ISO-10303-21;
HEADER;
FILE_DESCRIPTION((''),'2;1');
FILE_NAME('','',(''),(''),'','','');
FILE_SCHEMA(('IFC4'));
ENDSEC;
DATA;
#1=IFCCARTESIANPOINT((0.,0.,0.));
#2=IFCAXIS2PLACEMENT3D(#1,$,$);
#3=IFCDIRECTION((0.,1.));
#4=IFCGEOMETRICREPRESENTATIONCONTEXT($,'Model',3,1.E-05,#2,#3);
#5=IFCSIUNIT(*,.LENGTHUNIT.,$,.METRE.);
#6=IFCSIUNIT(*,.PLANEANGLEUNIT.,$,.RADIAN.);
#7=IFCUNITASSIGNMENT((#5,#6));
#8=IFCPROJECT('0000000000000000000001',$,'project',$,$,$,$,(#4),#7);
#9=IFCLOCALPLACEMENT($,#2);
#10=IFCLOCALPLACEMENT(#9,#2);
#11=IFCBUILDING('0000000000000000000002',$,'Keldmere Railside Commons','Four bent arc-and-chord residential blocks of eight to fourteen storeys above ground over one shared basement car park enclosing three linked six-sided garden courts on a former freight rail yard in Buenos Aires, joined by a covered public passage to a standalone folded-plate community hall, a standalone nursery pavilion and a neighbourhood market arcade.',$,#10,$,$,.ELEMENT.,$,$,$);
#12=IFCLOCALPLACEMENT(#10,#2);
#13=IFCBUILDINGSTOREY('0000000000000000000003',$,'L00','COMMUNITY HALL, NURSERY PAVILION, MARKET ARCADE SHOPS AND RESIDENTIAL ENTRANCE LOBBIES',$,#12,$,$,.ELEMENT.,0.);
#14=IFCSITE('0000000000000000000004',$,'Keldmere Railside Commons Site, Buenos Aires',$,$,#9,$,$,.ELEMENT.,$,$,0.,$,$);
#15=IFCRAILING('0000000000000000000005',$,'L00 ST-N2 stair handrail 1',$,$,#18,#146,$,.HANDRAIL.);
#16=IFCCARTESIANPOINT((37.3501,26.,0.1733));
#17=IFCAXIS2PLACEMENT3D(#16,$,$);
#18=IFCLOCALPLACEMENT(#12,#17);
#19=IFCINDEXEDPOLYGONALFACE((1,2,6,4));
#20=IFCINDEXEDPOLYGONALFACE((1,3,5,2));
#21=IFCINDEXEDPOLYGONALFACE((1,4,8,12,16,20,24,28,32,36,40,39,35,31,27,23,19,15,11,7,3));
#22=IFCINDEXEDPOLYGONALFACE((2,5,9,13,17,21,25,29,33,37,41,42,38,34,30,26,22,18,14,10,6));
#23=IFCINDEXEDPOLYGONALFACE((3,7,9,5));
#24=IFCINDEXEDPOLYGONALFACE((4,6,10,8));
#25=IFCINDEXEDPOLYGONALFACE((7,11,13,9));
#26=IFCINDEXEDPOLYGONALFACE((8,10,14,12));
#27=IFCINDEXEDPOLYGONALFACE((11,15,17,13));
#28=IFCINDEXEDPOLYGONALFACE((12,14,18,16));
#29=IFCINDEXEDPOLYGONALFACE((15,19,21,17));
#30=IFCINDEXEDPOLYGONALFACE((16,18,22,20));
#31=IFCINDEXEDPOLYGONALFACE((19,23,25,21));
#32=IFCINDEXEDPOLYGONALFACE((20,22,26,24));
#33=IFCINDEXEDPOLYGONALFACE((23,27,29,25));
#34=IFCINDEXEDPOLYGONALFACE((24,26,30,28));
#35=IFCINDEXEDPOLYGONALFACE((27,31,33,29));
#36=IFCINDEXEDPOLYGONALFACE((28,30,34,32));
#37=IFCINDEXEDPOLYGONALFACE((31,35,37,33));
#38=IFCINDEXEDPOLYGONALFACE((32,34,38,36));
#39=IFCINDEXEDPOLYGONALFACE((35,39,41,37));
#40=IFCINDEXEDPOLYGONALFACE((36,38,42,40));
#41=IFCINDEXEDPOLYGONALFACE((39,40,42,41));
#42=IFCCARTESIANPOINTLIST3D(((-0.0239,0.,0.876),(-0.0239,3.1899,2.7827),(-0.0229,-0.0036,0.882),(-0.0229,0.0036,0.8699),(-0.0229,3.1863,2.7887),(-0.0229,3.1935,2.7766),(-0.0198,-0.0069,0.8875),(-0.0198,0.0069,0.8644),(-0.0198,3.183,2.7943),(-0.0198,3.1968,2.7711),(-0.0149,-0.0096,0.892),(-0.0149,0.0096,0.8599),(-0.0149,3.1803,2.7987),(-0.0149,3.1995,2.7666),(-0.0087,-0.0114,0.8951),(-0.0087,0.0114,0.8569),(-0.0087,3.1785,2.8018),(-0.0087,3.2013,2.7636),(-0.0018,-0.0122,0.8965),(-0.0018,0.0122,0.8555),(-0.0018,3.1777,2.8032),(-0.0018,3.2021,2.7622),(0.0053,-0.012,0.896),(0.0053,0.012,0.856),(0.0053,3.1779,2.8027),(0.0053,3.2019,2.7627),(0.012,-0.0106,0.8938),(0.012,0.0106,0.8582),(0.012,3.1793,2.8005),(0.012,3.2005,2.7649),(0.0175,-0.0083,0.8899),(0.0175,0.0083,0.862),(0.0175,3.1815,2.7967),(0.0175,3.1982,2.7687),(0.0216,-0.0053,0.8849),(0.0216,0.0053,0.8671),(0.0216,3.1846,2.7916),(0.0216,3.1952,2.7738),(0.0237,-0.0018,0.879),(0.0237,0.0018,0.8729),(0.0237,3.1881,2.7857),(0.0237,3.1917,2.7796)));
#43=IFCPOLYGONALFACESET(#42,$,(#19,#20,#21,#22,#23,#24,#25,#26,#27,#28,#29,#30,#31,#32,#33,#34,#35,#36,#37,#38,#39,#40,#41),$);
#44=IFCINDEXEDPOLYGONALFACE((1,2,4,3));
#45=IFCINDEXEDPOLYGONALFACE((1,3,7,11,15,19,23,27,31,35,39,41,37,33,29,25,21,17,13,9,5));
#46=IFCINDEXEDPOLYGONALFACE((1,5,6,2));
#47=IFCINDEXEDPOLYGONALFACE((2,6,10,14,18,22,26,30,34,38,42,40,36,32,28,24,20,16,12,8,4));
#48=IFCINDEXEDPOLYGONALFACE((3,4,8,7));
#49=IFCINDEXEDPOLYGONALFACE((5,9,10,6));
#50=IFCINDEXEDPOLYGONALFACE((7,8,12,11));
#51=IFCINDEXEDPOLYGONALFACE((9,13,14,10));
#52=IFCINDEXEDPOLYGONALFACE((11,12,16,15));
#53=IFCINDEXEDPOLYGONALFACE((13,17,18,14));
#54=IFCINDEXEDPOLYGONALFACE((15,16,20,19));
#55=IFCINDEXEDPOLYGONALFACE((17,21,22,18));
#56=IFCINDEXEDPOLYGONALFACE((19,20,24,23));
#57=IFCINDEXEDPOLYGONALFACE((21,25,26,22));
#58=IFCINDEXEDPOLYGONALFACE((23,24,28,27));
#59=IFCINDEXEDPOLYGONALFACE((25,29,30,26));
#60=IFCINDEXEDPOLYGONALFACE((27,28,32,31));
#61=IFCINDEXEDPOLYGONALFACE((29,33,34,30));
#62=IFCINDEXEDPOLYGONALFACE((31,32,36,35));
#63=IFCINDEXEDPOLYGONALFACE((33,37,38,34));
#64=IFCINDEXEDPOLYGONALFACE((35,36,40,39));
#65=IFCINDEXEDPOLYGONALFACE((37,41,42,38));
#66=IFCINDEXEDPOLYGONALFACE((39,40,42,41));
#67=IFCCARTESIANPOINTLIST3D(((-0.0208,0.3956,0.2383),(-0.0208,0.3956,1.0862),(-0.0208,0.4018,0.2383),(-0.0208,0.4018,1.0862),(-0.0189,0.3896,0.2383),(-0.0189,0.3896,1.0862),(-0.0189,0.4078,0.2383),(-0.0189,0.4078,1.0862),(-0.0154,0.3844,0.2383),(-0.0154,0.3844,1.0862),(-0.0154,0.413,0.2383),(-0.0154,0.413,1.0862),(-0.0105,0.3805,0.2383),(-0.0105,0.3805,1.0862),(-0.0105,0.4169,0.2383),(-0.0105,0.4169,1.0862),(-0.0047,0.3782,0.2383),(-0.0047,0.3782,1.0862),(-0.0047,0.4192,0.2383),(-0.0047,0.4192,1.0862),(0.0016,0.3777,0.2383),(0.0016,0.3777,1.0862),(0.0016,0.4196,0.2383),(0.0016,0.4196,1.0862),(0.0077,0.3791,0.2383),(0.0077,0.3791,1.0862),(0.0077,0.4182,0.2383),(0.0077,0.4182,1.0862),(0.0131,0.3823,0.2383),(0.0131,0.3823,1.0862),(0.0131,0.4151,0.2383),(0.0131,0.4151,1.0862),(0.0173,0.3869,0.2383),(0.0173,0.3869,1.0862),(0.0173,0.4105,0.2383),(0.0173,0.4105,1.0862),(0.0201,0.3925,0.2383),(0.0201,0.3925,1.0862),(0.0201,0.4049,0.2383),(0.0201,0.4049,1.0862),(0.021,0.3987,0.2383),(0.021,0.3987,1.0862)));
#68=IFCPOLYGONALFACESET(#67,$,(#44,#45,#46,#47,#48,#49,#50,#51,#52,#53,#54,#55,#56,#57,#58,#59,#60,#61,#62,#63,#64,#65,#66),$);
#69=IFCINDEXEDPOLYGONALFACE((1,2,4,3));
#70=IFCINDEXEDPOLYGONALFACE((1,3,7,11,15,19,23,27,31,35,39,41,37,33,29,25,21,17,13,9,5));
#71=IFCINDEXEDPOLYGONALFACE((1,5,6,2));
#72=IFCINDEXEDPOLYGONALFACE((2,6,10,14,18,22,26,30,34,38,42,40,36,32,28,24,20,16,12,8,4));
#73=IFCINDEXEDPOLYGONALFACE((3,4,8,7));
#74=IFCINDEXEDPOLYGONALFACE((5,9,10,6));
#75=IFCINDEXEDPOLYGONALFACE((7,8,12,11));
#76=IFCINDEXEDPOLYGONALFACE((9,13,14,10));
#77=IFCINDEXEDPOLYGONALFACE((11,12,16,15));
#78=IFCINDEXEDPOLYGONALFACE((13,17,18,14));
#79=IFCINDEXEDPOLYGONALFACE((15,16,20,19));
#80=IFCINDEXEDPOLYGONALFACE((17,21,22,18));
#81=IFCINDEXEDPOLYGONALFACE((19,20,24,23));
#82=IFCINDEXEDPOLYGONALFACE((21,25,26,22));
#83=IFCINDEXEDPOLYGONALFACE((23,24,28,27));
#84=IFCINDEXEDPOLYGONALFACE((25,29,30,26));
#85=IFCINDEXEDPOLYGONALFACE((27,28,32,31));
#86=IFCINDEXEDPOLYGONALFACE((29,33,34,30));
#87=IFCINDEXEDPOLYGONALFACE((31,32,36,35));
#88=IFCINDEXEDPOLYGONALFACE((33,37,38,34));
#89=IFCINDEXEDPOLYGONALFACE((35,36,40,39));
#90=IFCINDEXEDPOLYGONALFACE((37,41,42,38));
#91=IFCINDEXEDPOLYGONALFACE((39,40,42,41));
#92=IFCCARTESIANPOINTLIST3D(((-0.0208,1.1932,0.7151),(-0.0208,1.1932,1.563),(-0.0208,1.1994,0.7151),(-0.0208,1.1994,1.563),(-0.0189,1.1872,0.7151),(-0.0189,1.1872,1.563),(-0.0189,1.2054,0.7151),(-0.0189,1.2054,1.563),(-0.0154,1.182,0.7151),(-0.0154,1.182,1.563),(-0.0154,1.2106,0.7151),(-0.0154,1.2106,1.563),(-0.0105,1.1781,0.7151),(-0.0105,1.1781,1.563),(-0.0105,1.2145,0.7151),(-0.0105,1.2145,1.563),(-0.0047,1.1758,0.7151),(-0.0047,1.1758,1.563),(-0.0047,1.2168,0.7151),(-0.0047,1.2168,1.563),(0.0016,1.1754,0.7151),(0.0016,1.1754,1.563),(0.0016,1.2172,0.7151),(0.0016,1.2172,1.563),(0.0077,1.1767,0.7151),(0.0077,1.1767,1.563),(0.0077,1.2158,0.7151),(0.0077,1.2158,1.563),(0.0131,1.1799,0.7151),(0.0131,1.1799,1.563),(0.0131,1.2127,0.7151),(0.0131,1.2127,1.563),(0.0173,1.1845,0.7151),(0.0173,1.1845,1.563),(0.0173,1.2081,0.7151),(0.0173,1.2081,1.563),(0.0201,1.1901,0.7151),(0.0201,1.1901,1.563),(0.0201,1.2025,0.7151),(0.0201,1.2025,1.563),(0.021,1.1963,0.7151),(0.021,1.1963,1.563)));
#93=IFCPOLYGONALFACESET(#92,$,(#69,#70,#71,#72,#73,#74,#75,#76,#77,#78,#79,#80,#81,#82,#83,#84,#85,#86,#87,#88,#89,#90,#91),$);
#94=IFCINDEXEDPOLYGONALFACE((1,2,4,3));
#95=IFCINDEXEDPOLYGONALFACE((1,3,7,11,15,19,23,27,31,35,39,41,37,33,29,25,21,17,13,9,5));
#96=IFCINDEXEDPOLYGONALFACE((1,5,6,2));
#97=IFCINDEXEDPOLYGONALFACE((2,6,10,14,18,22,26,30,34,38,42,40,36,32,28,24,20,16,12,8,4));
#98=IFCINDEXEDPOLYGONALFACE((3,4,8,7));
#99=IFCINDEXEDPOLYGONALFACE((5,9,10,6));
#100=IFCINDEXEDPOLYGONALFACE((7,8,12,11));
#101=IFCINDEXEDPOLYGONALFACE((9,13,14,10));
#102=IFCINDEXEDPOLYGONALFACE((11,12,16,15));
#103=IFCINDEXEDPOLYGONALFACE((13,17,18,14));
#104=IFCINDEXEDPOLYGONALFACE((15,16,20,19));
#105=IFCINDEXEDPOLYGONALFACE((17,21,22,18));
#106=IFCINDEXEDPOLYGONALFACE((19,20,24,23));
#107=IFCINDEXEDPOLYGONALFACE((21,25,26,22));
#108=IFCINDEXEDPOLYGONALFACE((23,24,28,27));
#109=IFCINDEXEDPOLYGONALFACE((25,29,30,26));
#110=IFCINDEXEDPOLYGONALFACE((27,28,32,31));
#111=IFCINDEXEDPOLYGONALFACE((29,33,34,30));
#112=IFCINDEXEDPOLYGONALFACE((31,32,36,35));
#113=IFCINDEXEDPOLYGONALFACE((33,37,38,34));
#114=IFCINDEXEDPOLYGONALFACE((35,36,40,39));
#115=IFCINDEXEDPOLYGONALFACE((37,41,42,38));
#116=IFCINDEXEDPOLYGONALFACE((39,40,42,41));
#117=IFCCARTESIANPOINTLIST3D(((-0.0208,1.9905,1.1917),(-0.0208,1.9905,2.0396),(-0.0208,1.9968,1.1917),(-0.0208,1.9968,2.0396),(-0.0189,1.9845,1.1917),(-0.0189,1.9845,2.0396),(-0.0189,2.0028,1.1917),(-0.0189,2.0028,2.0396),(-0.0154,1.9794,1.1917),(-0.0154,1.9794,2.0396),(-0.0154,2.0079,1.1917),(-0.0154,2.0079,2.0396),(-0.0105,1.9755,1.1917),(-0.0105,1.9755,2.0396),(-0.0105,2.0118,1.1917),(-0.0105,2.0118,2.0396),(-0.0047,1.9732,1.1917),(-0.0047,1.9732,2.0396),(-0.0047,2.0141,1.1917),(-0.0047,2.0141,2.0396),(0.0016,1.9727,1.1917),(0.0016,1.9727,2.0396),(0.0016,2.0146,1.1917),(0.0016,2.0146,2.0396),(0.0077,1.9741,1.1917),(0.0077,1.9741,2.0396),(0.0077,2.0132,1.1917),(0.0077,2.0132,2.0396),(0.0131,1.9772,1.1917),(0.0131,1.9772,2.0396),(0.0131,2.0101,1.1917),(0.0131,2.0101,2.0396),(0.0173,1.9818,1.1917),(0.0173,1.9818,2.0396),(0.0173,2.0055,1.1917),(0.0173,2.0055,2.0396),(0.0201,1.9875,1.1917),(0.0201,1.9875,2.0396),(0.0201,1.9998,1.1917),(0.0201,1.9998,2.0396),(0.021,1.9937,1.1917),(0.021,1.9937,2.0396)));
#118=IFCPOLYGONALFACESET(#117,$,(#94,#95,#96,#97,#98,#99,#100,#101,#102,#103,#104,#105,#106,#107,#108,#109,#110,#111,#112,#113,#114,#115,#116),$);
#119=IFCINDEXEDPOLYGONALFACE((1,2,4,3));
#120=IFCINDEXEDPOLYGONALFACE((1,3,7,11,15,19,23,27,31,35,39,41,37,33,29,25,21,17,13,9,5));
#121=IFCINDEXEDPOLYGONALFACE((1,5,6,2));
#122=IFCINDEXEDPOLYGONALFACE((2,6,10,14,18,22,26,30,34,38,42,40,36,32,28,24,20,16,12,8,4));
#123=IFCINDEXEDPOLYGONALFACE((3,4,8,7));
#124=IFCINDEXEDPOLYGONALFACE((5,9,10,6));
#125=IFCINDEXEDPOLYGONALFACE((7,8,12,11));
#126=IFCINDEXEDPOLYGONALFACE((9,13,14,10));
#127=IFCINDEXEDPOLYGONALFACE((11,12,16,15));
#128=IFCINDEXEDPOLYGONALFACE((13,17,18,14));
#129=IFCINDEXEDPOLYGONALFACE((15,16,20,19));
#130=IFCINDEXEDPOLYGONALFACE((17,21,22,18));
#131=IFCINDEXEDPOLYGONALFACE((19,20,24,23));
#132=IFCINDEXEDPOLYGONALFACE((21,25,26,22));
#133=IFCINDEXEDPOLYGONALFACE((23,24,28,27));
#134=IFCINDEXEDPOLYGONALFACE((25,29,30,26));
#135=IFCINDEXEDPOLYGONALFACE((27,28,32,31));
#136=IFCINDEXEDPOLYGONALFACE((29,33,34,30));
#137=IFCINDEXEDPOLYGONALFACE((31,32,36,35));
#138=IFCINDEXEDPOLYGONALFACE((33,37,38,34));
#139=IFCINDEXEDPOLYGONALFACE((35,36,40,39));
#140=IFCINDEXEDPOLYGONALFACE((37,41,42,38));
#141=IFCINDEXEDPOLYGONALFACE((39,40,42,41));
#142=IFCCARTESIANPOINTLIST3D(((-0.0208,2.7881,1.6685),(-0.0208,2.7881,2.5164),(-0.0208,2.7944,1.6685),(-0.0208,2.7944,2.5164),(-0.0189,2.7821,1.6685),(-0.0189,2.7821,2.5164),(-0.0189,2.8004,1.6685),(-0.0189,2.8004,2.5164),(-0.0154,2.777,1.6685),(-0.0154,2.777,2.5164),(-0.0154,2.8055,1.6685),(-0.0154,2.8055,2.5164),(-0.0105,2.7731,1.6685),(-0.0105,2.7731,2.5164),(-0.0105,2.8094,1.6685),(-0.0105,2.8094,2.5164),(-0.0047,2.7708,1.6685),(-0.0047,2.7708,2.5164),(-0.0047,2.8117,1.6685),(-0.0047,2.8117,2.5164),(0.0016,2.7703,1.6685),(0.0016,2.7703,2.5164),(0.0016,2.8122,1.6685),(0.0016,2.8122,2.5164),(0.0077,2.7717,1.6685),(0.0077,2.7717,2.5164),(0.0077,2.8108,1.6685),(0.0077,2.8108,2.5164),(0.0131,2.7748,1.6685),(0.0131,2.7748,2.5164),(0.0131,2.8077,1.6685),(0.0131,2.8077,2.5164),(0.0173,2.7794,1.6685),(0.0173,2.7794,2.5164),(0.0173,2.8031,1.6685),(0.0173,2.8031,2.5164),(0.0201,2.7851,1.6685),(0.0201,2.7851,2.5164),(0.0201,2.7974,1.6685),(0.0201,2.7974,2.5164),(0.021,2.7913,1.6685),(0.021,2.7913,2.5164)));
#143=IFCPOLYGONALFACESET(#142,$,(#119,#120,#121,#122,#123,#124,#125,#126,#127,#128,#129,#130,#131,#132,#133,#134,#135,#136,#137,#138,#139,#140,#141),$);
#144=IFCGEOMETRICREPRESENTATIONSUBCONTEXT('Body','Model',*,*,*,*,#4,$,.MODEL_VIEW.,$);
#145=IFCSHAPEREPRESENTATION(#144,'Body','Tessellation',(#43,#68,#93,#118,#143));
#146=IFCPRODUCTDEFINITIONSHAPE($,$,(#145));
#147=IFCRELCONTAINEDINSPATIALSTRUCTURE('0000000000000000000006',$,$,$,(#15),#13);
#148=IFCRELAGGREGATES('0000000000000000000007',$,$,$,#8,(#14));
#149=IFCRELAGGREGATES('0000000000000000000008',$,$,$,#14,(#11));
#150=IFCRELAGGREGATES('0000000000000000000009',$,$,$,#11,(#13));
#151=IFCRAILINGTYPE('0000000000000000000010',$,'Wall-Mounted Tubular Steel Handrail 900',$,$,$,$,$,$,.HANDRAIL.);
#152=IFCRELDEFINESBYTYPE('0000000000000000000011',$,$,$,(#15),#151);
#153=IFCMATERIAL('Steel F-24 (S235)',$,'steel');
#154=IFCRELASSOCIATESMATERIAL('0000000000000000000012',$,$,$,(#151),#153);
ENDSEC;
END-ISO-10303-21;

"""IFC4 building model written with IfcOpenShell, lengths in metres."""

from ifc_helpers import new_model, si_unit, direction, frame, origin, origin_2d, place, context, subcontext, project, spatial, circle, extrude, material, type_object, element, save


model = new_model("IFC4")

# Units and contexts
model_context = context("Model", 3, precision=1e-05, world=origin(), true_north=direction((0.0, 1.0)))
body_context = subcontext(model_context, "Body", "Model", "MODEL_VIEW")
ifc_project = project(units=[si_unit("LENGTHUNIT", "METRE"), si_unit("PLANEANGLEUNIT", "RADIAN")], contexts=[model_context])

# Site, building, storey
site_placement = place(None, origin())
site = spatial("IfcSite", under=ifc_project, at=site_placement, Name="Keldmere Railside Commons Site, Buenos Aires", CompositionType="ELEMENT", RefElevation=0.0)
building_placement = place(site_placement, origin())
building = spatial("IfcBuilding", under=site, at=building_placement, Name="Keldmere Railside Commons", Description="Four bent arc-and-chord residential blocks of eight to fourteen storeys above ground over one shared basement car park enclosing three linked six-sided garden courts on a former freight rail yard in Buenos Aires, joined by a covered public passage to a standalone folded-plate community hall, a standalone nursery pavilion and a neighbourhood market arcade.", CompositionType="ELEMENT")
storey_placement = place(building_placement, origin())
storey = spatial("IfcBuildingStorey", under=building, at=storey_placement, Name="L00", Description="COMMUNITY HALL, NURSERY PAVILION, MARKET ARCADE SHOPS AND RESIDENTIAL ENTRANCE LOBBIES", CompositionType="ELEMENT", Elevation=0.0)

# Shared definitions
ifc_material_1 = material(Name="Steel F-24 (S235)", Category="steel")

# Railing
railing_type_1 = type_object("IfcRailingType", Name="Wall-Mounted Tubular Steel Handrail 900", PredefinedType="HANDRAIL", material=ifc_material_1)
railing_1_placement = place(storey_placement, frame((37.3501, 26.0, 0.1733)))
element("IfcRailing", 1, at=railing_1_placement, inside=storey, type_object=railing_type_1, Name="L00 ST-N2 stair handrail 1", PredefinedType="HANDRAIL", context=body_context, shape_type="SweptSolid", body=[
    extrude(circle(Radius=0.0239, at=origin_2d()), frame((0.0, 0.0, 0.876), z_axis=(0.0, 0.85835, 0.513065), x_axis=(-1.0, 0.0, 0.0)), (0.0, 0.0, 1.0), 3.7163),
    extrude(circle(Radius=0.021, at=origin_2d()), frame((0.0, 0.3987, 0.2383)), (0.0, 0.0, 1.0), 0.8479),
    extrude(circle(Radius=0.021, at=origin_2d()), frame((0.0, 1.1963, 0.7151)), (0.0, 0.0, 1.0), 0.8479),
    extrude(circle(Radius=0.021, at=origin_2d()), frame((0.0, 1.9937, 1.1917)), (0.0, 0.0, 1.0), 0.8479),
    extrude(circle(Radius=0.021, at=origin_2d()), frame((0.0, 2.7913, 1.6685)), (0.0, 0.0, 1.0), 0.8479),
])

save(model, "model.ifc")
